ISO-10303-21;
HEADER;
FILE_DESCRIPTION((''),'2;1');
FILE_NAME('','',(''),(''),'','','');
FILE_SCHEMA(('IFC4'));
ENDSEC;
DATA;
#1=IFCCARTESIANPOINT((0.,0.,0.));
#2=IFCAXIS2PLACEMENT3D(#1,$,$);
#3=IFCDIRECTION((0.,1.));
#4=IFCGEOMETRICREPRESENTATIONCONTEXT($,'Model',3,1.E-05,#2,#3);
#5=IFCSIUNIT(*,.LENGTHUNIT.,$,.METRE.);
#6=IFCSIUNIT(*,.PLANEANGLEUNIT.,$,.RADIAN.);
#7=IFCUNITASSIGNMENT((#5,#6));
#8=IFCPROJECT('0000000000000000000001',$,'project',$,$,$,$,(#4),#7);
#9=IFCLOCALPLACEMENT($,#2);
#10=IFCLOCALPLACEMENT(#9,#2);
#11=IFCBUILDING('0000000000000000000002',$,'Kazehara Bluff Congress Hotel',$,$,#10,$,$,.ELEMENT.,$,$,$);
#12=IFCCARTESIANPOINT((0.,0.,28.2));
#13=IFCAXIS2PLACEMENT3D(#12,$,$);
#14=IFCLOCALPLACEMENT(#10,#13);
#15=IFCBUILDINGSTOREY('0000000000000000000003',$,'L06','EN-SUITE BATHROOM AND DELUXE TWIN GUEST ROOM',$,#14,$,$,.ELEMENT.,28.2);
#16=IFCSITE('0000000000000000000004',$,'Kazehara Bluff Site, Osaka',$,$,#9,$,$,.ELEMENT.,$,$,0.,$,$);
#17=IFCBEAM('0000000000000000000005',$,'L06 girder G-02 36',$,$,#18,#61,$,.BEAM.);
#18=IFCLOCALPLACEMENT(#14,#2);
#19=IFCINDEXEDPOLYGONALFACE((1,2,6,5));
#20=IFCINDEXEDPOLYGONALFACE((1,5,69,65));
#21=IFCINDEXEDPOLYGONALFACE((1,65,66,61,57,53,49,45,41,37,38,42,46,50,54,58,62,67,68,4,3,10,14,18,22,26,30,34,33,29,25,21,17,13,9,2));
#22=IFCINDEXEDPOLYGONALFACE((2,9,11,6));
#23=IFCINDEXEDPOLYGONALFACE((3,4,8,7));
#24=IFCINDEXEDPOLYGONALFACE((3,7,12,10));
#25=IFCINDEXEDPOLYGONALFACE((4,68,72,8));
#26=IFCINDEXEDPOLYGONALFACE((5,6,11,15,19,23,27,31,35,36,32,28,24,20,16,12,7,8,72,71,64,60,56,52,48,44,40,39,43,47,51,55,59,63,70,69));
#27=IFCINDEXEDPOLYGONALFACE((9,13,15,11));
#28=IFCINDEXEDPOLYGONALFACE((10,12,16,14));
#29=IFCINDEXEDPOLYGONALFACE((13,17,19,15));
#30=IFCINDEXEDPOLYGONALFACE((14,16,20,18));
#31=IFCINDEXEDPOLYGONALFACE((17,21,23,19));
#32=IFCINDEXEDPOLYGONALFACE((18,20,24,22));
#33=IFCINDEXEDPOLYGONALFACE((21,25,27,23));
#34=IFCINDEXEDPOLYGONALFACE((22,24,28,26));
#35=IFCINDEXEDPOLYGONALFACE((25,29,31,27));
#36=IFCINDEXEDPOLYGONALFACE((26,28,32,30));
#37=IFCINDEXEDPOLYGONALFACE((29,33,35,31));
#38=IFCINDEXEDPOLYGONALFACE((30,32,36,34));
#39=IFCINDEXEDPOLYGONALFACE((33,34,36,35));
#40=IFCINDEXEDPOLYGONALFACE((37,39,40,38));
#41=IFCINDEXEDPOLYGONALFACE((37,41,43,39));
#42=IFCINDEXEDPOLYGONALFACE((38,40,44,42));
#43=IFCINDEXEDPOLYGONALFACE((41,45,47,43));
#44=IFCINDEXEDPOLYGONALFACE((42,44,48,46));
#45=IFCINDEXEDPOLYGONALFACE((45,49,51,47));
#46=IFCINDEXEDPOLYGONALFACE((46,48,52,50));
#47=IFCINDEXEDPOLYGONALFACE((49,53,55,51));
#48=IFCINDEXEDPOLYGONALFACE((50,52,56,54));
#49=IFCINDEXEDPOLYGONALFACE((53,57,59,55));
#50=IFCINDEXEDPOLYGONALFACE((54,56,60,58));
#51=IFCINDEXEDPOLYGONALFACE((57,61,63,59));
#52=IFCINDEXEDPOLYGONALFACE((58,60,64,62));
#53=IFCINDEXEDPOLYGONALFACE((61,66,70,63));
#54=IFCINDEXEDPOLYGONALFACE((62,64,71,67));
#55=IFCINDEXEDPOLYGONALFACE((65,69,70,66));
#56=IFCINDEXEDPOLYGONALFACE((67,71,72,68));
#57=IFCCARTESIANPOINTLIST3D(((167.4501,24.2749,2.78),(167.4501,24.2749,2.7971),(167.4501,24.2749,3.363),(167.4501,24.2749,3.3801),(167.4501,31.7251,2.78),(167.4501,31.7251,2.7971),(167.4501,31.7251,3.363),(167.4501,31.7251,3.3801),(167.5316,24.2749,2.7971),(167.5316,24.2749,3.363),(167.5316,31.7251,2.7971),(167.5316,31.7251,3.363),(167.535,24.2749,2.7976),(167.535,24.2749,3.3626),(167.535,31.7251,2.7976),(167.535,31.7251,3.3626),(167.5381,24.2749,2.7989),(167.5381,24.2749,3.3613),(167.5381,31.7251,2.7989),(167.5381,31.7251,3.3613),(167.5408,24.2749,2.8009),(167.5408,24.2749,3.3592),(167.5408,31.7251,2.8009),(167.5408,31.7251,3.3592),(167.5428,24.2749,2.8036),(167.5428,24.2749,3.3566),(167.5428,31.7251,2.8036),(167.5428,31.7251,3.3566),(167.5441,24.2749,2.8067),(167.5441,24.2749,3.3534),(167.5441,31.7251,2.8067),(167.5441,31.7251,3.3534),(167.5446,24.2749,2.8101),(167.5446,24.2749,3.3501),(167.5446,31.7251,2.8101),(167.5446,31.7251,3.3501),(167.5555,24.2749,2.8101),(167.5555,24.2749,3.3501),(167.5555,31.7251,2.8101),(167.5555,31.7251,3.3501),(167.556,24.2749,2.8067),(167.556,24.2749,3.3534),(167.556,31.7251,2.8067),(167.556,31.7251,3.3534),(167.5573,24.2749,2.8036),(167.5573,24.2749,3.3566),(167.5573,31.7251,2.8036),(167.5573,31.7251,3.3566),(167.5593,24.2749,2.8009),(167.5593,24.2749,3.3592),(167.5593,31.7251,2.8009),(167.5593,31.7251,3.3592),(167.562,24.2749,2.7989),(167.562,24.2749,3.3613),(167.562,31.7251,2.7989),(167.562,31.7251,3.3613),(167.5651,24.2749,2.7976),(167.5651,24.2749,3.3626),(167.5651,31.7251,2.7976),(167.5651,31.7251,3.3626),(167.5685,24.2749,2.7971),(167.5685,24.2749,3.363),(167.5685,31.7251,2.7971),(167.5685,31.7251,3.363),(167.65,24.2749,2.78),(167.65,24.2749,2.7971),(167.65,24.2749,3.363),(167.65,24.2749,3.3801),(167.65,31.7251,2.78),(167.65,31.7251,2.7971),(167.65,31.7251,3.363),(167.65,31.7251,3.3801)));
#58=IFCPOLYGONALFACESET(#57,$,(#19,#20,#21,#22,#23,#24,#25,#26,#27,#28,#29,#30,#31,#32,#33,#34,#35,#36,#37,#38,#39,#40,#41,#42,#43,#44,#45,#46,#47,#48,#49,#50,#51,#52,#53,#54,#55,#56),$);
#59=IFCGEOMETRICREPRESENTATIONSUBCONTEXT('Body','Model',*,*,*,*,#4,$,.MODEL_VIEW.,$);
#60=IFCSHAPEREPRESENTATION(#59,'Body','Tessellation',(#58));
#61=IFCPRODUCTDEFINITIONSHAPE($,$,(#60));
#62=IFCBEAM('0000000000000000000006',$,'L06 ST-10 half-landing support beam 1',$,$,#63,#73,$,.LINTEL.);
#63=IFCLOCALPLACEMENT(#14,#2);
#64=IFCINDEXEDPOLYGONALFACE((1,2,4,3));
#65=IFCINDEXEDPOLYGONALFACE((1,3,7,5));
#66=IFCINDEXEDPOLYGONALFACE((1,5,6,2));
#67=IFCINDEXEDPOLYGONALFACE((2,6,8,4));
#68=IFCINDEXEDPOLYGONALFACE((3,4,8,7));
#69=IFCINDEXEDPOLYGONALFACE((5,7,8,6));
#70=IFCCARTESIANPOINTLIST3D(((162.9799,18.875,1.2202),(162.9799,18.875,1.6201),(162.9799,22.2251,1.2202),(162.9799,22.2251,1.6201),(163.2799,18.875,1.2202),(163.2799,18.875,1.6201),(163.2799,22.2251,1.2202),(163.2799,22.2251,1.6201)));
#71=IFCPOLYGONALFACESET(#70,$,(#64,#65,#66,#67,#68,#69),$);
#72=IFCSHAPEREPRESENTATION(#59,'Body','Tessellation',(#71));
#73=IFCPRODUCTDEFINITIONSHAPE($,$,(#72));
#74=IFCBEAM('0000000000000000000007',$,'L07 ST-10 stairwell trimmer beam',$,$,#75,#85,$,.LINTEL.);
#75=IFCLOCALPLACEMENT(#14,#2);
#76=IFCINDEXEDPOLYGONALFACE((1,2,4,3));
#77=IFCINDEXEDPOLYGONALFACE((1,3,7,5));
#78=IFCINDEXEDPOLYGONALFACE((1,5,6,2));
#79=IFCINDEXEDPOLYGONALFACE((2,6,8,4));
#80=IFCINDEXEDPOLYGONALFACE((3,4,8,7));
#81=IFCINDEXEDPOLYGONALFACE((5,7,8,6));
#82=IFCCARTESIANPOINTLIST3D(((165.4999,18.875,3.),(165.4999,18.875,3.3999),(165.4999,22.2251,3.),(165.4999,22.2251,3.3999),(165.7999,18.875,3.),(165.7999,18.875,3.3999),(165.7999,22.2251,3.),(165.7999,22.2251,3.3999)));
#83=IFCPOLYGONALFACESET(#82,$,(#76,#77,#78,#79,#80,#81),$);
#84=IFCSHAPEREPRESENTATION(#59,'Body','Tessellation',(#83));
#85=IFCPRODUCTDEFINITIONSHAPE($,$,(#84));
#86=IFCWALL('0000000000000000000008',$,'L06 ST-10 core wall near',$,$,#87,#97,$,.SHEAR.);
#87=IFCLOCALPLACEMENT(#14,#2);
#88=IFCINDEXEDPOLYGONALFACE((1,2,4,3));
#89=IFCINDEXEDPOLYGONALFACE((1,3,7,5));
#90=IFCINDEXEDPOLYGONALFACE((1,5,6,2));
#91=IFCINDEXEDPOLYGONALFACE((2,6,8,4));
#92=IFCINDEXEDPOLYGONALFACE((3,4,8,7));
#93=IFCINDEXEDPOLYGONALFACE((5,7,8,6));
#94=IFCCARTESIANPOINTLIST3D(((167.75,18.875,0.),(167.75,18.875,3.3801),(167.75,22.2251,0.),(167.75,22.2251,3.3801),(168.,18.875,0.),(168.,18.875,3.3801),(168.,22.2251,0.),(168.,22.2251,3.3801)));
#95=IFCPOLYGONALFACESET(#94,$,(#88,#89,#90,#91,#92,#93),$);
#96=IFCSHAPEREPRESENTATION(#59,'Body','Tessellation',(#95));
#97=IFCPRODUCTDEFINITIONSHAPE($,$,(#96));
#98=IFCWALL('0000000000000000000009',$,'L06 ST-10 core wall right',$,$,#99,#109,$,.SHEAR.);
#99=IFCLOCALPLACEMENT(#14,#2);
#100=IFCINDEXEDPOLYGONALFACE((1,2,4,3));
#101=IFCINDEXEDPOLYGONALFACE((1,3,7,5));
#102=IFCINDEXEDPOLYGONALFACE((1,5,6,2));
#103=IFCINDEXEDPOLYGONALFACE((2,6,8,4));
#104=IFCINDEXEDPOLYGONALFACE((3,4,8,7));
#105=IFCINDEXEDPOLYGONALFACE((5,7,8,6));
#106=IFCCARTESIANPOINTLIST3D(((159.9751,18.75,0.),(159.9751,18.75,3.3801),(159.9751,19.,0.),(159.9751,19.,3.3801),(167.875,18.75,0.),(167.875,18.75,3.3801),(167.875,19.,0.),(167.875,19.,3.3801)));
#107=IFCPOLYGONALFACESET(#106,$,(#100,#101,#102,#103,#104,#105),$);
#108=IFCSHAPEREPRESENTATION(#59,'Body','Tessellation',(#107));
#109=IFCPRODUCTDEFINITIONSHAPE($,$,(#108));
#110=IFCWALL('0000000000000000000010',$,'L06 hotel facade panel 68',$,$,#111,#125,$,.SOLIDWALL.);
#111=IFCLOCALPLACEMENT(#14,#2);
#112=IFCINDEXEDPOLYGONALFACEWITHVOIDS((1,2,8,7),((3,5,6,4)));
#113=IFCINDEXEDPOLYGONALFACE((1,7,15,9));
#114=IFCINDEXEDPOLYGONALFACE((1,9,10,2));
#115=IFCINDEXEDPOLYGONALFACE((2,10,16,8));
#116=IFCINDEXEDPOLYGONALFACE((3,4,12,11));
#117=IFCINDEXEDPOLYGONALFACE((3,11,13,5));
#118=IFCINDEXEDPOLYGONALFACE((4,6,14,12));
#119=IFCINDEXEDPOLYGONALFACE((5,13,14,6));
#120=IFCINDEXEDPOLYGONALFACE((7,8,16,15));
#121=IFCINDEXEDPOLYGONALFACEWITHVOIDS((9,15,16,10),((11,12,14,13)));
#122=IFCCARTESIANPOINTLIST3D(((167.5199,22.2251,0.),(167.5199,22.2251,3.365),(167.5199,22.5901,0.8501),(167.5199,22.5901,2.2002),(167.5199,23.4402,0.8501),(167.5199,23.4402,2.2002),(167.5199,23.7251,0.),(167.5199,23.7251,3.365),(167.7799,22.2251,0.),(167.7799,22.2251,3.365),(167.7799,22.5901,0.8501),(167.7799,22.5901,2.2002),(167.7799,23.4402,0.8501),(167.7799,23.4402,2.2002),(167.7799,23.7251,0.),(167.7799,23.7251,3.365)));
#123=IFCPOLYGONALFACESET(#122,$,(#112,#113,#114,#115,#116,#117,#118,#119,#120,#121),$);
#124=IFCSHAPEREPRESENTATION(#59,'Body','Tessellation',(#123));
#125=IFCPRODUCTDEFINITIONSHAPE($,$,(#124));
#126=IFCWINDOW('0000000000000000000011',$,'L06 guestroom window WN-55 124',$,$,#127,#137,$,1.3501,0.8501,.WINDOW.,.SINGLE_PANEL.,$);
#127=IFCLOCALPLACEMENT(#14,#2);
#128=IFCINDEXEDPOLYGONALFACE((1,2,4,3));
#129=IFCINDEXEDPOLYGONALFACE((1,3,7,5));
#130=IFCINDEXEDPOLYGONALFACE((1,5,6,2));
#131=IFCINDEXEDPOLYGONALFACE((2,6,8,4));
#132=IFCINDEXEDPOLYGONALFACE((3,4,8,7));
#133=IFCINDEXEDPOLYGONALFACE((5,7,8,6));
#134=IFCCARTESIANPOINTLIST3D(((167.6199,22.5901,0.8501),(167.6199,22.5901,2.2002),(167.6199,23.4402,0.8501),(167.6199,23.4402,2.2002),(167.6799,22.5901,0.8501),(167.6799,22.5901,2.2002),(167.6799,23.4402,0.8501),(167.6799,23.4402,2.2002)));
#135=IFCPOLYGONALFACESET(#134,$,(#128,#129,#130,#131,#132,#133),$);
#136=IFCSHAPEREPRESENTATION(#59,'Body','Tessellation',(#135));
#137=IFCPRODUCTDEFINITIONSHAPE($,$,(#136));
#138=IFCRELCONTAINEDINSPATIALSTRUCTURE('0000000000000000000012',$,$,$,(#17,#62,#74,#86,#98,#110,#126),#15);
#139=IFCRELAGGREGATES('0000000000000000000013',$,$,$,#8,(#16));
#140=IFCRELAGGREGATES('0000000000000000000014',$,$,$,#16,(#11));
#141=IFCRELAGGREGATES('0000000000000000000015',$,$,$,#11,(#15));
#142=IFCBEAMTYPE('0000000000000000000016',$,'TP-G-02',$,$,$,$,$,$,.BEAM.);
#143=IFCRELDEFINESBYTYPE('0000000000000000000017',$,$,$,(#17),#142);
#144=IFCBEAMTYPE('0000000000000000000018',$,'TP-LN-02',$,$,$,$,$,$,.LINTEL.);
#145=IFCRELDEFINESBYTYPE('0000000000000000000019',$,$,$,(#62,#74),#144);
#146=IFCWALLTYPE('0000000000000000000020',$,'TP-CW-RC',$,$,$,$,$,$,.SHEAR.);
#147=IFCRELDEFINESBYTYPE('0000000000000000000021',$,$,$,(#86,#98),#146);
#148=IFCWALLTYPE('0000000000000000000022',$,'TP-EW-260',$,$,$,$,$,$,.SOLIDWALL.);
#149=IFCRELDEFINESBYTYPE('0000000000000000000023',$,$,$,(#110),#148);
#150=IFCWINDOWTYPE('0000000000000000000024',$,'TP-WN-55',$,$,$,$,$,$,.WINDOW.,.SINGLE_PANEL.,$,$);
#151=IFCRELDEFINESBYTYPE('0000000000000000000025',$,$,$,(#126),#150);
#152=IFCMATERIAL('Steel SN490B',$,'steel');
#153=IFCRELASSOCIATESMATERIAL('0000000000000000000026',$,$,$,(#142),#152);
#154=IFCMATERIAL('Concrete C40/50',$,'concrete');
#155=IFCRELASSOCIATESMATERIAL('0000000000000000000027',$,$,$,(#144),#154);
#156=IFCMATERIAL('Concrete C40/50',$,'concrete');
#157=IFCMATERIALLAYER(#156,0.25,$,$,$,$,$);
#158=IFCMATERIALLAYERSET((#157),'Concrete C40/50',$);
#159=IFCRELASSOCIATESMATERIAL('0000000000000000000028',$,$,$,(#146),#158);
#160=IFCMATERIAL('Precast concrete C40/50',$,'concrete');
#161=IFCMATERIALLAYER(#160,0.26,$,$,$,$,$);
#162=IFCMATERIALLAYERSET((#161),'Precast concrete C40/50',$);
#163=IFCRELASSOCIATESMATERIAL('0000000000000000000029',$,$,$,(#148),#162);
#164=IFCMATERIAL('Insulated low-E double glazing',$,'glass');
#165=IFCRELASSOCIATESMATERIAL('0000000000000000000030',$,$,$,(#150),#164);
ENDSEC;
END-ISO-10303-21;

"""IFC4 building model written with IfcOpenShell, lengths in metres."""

from ifc_helpers import new_model, si_unit, direction, frame, frame_2d, origin, origin_2d, place, context, subcontext, project, spatial, rectangle, i_section, extrude, material, layer, layer_set, material_profile, profile_set, type_object, element, fill, save


model = new_model("IFC4")

# Units and contexts
model_context = context("Model", 3, precision=1e-05, world=origin(), true_north=direction((0.0, 1.0)))
body_context = subcontext(model_context, "Body", "Model", "MODEL_VIEW")
ifc_project = project(units=[si_unit("LENGTHUNIT", "METRE"), si_unit("PLANEANGLEUNIT", "RADIAN")], contexts=[model_context])

# Site, building, storey
site_placement = place(None, origin())
site = spatial("IfcSite", under=ifc_project, at=site_placement, Name="Kazehara Bluff Site, Osaka", CompositionType="ELEMENT", RefElevation=0.0)
building_placement = place(site_placement, origin())
building = spatial("IfcBuilding", under=site, at=building_placement, Name="Kazehara Bluff Congress Hotel", CompositionType="ELEMENT")
storey_placement = place(building_placement, frame((0.0, 0.0, 28.2)))
storey = spatial("IfcBuildingStorey", under=building, at=storey_placement, Name="L06", Description="EN-SUITE BATHROOM AND DELUXE TWIN GUEST ROOM", CompositionType="ELEMENT", Elevation=28.2)

# Beams
ifc_material_1 = material(Name="Steel SN490B", Category="steel")
ifc_material_profile_1 = material_profile(ifc_material_1, i_section(OverallWidth=0.2, OverallDepth=0.6001, WebThickness=0.011, FlangeThickness=0.0171, FilletRadius=0.0129, at=origin_2d()))
ifc_profile_set_1 = profile_set([ifc_material_profile_1], Name="Steel SN490B")
beam_type_1 = type_object("IfcBeamType", Name="TP-G-02", PredefinedType="BEAM", material=ifc_profile_set_1)
beam_1_placement = place(storey_placement, frame((167.55, 24.2749, 3.0801), z_axis=(0.0, 1.0, 0.0), x_axis=(-1.0, 0.0, 0.0)))
element("IfcBeam", 1, at=beam_1_placement, inside=storey, type_object=beam_type_1, Name="L06 girder G-02 36", PredefinedType="BEAM", context=body_context, shape_type="SweptSolid", body=[
    extrude(i_section(OverallWidth=0.2, OverallDepth=0.6001, WebThickness=0.011, FlangeThickness=0.0171, FilletRadius=0.0129, at=origin_2d()), origin(), (0.0, 0.0, 1.0), 7.4502),
])
ifc_material_2 = material(Name="Concrete C40/50", Category="concrete")
ifc_material_profile_2 = material_profile(ifc_material_2, rectangle(XDim=0.3, YDim=0.3999, at=origin_2d()))
ifc_profile_set_2 = profile_set([ifc_material_profile_2], Name="Concrete C40/50")
beam_type_2 = type_object("IfcBeamType", Name="TP-LN-02", PredefinedType="LINTEL", material=ifc_profile_set_2)
for number, where, z_axis, x_axis, name in (
    (2, (163.1299, 22.2251, 1.4202), (0.0, -1.0, 0.0), (1.0, 0.0, 0.0), "L06 ST-10 half-landing support beam 1"),
    (3, (165.6499, 22.2251, 3.2), (0.0, -1.0, 0.0), (1.0, 0.0, 0.0), "L07 ST-10 stairwell trimmer beam"),
):
    element("IfcBeam", number, at=place(storey_placement, frame(where, z_axis=z_axis, x_axis=x_axis)), inside=storey, type_object=beam_type_2, Name=name, PredefinedType="LINTEL", context=body_context, shape_type="SweptSolid", body=[
        extrude(rectangle(XDim=0.3, YDim=0.3999, at=origin_2d()), origin(), (0.0, 0.0, 1.0), 3.3501),
    ])

# Walls
ifc_material_3 = material(Name="Concrete C40/50", Category="concrete")
ifc_layer_1 = layer(ifc_material_3, 0.25)
ifc_layer_set_1 = layer_set([ifc_layer_1], Name="Concrete C40/50")
wall_type_1 = type_object("IfcWallType", Name="TP-CW-RC", PredefinedType="SHEAR", material=ifc_layer_set_1)
wall_1_placement = place(storey_placement, frame((167.875, 22.2251, 0.0), z_axis=(0.0, 0.0, 1.0), x_axis=(0.0, -1.0, 0.0)))
element("IfcWall", 4, at=wall_1_placement, inside=storey, type_object=wall_type_1, Name="L06 ST-10 core wall near", PredefinedType="SHEAR", context=body_context, shape_type="SweptSolid", body=[
    extrude(rectangle(XDim=3.3501, YDim=0.25, at=frame_2d((1.675, 0.0))), origin(), (0.0, 0.0, 1.0), 3.3801),
])
wall_2_placement = place(storey_placement, frame((167.875, 18.875, 0.0), z_axis=(0.0, 0.0, 1.0), x_axis=(-1.0, 0.0, 0.0)))
element("IfcWall", 5, at=wall_2_placement, inside=storey, type_object=wall_type_1, Name="L06 ST-10 core wall right", PredefinedType="SHEAR", context=body_context, shape_type="SweptSolid", body=[
    extrude(rectangle(XDim=7.8999, YDim=0.25, at=frame_2d((3.95, 0.0))), origin(), (0.0, 0.0, 1.0), 3.3801),
])

# Wall, opening, window
ifc_material_4 = material(Name="Precast concrete C40/50", Category="concrete")
ifc_layer_2 = layer(ifc_material_4, 0.26)
ifc_layer_set_2 = layer_set([ifc_layer_2], Name="Precast concrete C40/50")
wall_type_2 = type_object("IfcWallType", Name="TP-EW-260", PredefinedType="SOLIDWALL", material=ifc_layer_set_2)
wall_3_placement = place(storey_placement, frame((167.6499, 23.7251, 0.0), z_axis=(0.0, 0.0, 1.0), x_axis=(0.0, -1.0, 0.0)))
wall_3 = element("IfcWall", 6, at=wall_3_placement, inside=storey, type_object=wall_type_2, Name="L06 hotel facade panel 68", PredefinedType="SOLIDWALL", context=body_context, shape_type="SweptSolid", body=[
    extrude(rectangle(XDim=1.5, YDim=0.26, at=frame_2d((0.75, 0.0))), origin(), (0.0, 0.0, 1.0), 3.365),
])
opening_1_placement = place(wall_3_placement, frame((0.2849, 0.0, 0.8501)))
opening_1 = element("IfcOpeningElement", 7, at=opening_1_placement, cuts=wall_3, PredefinedType="OPENING", context=body_context, shape_type="SweptSolid", body=[
    extrude(rectangle(XDim=0.8501, YDim=1.3501, at=frame_2d((0.425, 0.675))), frame((0.0, 0.1399, 0.0), z_axis=(0.0, -1.0, 0.0), x_axis=(1.0, 0.0, 0.0)), (0.0, 0.0, 1.0), 0.28),
])
ifc_material_5 = material(Name="Insulated low-E double glazing", Category="glass")
window_type_1 = type_object("IfcWindowType", Name="TP-WN-55", PartitioningType="SINGLE_PANEL", PredefinedType="WINDOW", material=ifc_material_5)
window_1_placement = place(opening_1_placement, origin())
window_1 = element("IfcWindow", 8, at=window_1_placement, inside=storey, type_object=window_type_1, Name="L06 guestroom window WN-55 124", OverallHeight=1.3501, OverallWidth=0.8501, PartitioningType="SINGLE_PANEL", PredefinedType="WINDOW", context=body_context, shape_type="SweptSolid", body=[
    extrude(rectangle(XDim=0.8501, YDim=1.3501, at=frame_2d((0.425, 0.675))), frame((0.0, 0.03, 0.0), z_axis=(0.0, -1.0, 0.0), x_axis=(1.0, 0.0, 0.0)), (0.0, 0.0, 1.0), 0.0601),
])
fill(opening_1, window_1)

save(model, "model.ifc")
